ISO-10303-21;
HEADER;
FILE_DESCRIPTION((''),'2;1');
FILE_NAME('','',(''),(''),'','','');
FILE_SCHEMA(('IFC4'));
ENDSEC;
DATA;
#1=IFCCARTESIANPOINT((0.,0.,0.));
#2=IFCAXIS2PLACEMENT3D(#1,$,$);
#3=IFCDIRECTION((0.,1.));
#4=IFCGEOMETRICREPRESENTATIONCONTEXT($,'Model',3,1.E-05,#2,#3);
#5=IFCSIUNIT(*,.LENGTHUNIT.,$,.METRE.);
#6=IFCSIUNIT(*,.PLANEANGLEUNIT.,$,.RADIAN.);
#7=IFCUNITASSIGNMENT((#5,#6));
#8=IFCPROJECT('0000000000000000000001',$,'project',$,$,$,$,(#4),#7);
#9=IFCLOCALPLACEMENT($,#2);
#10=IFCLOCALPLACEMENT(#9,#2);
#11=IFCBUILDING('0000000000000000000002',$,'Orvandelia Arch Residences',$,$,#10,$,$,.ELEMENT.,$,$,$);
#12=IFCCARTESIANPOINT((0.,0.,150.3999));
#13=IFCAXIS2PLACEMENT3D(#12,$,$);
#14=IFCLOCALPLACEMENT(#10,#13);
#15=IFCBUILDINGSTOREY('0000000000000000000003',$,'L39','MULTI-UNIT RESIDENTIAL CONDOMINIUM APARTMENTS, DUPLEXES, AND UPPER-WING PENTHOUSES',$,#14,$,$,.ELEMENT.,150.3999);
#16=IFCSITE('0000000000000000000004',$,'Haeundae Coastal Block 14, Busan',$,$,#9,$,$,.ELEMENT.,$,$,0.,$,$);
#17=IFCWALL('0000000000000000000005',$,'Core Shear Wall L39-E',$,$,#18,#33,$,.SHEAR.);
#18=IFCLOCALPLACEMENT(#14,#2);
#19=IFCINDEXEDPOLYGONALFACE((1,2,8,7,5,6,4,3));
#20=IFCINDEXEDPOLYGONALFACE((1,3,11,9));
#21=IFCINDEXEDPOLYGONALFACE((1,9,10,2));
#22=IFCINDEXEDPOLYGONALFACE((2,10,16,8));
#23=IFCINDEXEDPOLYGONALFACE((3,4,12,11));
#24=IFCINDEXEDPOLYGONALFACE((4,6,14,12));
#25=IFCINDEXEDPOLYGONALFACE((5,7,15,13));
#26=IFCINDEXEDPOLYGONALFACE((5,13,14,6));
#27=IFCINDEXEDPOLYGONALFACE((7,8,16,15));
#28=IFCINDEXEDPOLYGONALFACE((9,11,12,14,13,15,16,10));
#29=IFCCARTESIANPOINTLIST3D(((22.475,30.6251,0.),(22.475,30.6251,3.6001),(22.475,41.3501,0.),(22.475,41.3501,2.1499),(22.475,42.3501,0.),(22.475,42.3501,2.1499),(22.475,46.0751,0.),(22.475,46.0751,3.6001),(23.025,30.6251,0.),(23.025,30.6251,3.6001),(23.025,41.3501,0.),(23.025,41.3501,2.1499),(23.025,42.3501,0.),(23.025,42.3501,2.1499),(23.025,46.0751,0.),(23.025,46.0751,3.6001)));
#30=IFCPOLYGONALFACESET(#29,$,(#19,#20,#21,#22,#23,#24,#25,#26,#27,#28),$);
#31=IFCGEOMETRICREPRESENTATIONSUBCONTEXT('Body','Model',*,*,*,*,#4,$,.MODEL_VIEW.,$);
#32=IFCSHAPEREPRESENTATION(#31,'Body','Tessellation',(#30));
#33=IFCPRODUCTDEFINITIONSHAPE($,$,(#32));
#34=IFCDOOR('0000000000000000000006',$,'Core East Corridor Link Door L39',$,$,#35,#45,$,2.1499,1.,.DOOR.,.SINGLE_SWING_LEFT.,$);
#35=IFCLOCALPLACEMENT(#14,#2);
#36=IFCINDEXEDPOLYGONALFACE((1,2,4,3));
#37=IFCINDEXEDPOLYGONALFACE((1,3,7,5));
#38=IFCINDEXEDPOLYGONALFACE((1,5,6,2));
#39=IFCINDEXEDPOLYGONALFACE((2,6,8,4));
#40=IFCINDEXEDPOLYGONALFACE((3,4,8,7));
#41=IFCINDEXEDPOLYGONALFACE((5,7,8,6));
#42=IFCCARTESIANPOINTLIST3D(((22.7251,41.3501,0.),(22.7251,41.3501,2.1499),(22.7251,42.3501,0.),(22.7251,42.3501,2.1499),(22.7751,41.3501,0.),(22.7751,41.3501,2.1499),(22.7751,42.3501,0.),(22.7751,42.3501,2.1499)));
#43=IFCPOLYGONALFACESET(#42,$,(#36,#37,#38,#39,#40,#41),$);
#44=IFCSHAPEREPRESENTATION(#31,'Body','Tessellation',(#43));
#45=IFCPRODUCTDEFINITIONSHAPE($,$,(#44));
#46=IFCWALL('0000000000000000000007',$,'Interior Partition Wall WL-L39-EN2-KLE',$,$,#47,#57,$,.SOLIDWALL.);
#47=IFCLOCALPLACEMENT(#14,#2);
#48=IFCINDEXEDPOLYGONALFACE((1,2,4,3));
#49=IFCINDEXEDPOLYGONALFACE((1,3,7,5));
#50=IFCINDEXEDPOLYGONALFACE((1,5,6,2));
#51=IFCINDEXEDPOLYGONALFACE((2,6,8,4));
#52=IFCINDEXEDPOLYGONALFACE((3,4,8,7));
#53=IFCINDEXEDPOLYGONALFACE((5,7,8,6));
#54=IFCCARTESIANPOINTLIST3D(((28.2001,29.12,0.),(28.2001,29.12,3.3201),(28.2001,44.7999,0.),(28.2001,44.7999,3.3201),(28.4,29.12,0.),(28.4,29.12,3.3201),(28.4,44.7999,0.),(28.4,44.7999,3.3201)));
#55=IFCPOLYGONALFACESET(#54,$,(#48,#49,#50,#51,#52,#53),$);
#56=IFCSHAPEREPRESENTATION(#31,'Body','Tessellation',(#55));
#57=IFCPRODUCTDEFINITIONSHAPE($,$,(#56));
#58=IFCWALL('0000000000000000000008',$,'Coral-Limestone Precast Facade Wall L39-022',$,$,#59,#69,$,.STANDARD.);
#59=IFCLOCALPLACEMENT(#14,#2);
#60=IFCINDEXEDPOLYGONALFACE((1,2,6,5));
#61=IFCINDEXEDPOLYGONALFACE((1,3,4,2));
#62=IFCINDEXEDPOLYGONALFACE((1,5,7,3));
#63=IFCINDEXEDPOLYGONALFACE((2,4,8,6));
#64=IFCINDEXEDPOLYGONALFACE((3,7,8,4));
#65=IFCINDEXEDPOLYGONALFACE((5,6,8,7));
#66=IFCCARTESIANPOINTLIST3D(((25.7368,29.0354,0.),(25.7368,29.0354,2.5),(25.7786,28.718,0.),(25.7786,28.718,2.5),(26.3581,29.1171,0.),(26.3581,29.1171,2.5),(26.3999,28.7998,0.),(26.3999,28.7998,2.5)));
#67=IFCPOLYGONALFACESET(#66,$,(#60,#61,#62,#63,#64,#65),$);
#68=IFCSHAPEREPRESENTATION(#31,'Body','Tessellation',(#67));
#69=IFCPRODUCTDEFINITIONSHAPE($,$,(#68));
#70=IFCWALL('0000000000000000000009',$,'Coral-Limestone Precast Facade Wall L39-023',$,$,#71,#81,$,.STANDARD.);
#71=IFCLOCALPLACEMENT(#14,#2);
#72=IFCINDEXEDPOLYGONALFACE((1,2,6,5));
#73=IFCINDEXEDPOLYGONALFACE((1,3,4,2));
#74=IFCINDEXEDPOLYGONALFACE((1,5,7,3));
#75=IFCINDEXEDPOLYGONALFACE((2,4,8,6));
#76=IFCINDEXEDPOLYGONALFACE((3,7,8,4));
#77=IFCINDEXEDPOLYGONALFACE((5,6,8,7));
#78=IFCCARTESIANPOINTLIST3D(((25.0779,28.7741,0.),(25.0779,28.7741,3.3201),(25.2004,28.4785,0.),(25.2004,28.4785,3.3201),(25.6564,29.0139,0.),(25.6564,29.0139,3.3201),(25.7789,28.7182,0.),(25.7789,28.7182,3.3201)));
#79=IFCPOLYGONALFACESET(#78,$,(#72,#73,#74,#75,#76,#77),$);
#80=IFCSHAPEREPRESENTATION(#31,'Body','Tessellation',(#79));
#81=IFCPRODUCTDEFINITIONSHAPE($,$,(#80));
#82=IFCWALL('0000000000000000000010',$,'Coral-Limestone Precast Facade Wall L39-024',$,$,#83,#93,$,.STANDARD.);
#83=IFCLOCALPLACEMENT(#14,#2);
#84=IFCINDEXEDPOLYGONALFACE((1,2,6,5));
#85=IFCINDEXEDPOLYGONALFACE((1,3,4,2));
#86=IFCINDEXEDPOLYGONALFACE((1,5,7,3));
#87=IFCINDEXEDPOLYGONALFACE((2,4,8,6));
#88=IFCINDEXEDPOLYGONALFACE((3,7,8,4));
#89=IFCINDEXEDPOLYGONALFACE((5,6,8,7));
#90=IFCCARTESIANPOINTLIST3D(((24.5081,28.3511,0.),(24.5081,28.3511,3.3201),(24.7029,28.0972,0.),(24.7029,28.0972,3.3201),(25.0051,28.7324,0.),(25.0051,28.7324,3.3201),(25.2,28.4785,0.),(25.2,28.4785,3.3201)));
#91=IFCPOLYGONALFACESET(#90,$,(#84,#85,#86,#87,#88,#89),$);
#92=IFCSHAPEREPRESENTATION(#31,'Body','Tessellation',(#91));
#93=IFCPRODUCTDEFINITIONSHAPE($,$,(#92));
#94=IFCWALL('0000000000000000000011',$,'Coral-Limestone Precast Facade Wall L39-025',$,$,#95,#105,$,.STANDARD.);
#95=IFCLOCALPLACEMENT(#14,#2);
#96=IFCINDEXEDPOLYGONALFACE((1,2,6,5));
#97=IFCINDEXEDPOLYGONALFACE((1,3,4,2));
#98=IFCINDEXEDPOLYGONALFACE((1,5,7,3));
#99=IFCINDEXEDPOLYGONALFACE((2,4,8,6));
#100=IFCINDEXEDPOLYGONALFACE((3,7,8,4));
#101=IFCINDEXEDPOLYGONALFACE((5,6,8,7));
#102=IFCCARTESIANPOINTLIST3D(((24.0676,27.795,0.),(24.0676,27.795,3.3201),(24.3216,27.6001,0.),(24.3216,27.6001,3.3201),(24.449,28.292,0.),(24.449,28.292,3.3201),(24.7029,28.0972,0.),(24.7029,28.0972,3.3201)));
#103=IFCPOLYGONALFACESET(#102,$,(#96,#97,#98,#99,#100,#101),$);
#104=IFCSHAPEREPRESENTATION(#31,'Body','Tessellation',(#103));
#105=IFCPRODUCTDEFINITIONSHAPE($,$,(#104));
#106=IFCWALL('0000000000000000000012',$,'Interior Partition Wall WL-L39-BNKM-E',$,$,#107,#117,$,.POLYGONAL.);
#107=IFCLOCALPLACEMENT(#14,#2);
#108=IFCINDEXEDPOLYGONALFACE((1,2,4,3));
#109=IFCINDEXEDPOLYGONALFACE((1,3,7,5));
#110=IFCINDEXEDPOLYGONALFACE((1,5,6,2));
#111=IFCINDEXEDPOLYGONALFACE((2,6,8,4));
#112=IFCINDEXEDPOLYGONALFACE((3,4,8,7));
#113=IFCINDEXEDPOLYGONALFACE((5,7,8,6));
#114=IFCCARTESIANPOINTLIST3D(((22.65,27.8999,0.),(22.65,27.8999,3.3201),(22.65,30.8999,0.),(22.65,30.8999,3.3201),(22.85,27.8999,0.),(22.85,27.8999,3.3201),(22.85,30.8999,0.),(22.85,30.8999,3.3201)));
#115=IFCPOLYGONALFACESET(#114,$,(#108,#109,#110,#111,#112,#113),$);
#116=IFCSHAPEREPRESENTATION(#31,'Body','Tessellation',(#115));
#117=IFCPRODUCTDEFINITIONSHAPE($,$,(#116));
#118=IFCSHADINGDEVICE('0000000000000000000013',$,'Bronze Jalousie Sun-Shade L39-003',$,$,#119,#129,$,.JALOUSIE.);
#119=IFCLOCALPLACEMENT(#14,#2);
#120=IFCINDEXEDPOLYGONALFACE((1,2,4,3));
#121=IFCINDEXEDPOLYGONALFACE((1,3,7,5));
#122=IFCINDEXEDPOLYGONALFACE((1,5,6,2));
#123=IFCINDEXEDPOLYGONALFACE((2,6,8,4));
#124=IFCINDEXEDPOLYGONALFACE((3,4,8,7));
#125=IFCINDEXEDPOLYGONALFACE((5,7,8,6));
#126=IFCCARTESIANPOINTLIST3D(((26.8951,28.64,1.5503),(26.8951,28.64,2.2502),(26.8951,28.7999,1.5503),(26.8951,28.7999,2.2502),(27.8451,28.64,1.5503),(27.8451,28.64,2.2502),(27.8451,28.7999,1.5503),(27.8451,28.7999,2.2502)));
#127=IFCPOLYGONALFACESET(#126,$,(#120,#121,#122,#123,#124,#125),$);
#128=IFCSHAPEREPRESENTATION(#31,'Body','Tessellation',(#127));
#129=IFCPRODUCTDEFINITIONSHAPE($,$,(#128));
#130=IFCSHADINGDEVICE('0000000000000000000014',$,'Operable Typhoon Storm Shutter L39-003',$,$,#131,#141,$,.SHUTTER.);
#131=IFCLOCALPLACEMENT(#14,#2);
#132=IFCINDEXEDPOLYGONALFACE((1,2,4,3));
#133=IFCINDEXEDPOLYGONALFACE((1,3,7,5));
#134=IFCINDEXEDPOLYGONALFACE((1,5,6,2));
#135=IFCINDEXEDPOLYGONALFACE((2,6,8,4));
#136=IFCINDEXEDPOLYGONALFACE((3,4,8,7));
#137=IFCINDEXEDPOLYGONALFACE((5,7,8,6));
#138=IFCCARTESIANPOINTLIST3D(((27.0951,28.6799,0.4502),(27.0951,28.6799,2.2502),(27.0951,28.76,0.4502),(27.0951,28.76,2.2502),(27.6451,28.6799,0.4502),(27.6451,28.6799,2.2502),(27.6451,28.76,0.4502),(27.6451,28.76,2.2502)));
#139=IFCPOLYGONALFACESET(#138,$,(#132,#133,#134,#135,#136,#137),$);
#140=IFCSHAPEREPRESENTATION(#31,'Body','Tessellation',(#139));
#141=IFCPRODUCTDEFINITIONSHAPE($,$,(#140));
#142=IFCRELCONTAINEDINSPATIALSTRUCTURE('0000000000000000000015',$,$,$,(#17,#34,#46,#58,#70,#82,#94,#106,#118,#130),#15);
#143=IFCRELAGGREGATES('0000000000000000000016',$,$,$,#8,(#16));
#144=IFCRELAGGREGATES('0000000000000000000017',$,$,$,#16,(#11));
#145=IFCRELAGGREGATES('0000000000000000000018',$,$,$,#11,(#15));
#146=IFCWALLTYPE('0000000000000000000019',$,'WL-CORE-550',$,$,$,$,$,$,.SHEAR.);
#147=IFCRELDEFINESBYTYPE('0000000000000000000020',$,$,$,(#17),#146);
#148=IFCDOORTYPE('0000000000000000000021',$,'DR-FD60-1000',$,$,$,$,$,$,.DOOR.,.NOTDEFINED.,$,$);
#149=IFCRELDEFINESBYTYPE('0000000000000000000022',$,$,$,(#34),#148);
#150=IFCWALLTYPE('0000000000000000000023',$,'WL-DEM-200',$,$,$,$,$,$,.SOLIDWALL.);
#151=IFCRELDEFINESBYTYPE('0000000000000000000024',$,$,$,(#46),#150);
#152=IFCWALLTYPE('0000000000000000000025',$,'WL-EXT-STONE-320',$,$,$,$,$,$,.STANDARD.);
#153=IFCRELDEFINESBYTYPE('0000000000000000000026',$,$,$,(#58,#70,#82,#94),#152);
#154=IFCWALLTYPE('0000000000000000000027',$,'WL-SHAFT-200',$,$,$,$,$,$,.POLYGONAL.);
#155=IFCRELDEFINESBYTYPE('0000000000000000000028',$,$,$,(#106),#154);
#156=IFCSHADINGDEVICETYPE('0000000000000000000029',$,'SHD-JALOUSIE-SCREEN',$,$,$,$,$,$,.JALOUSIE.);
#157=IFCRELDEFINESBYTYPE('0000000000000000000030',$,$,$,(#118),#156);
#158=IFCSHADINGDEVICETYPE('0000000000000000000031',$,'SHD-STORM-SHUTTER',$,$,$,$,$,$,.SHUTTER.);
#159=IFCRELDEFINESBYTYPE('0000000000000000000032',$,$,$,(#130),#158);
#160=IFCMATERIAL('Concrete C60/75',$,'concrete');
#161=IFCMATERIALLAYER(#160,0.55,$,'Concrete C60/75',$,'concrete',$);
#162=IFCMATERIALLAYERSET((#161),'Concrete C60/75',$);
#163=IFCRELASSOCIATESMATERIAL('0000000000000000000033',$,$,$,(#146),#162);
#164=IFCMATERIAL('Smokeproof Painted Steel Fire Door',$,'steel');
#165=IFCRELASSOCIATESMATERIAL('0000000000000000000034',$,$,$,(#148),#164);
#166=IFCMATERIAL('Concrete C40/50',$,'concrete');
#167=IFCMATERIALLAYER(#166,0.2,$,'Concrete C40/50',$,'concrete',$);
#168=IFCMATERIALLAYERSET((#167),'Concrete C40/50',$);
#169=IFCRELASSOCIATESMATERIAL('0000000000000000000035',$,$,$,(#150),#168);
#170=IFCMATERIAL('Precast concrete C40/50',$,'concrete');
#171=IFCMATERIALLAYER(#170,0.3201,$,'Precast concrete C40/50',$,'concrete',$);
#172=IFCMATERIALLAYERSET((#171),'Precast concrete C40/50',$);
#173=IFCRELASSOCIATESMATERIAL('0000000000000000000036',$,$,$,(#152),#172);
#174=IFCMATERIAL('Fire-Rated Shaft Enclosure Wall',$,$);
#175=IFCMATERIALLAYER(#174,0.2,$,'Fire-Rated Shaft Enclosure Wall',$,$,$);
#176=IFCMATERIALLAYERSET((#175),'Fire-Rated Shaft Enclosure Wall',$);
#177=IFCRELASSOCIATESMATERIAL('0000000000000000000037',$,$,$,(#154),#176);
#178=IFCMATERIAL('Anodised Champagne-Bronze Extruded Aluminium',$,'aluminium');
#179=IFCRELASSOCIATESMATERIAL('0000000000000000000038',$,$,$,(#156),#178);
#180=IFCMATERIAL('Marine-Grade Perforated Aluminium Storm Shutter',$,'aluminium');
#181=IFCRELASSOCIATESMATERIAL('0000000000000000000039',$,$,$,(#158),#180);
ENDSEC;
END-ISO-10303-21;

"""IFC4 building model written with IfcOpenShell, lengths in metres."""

from ifc_helpers import new_model, si_unit, direction, frame, frame_2d, origin, origin_2d, place, context, subcontext, project, spatial, rectangle, extrude, material, layer, layer_set, type_object, element, fill, save


model = new_model("IFC4")

# Units and contexts
model_context = context("Model", 3, precision=1e-05, world=origin(), true_north=direction((0.0, 1.0)))
body_context = subcontext(model_context, "Body", "Model", "MODEL_VIEW")
ifc_project = project(units=[si_unit("LENGTHUNIT", "METRE"), si_unit("PLANEANGLEUNIT", "RADIAN")], contexts=[model_context])

# Site, building, storey
site_placement = place(None, origin())
site = spatial("IfcSite", under=ifc_project, at=site_placement, Name="Haeundae Coastal Block 14, Busan", CompositionType="ELEMENT", RefElevation=0.0)
building_placement = place(site_placement, origin())
building = spatial("IfcBuilding", under=site, at=building_placement, Name="Orvandelia Arch Residences", CompositionType="ELEMENT")
storey_placement = place(building_placement, frame((0.0, 0.0, 150.3999)))
storey = spatial("IfcBuildingStorey", under=building, at=storey_placement, Name="L39", Description="MULTI-UNIT RESIDENTIAL CONDOMINIUM APARTMENTS, DUPLEXES, AND UPPER-WING PENTHOUSES", CompositionType="ELEMENT", Elevation=150.3999)

# Shared definitions
ifc_material_1 = material(Name="Concrete C60/75", Category="concrete")

# Wall, opening, door
ifc_layer_1 = layer(ifc_material_1, 0.55, Name="Concrete C60/75", Category="concrete")
ifc_layer_set_1 = layer_set([ifc_layer_1], Name="Concrete C60/75")
wall_type_1 = type_object("IfcWallType", Name="WL-CORE-550", PredefinedType="SHEAR", material=ifc_layer_set_1)
wall_1_placement = place(storey_placement, frame((22.75, 30.625, 0.0), z_axis=(0.0, 0.0, 1.0), x_axis=(0.0, 1.0, 0.0)))
wall_1 = element("IfcWall", 1, at=wall_1_placement, inside=storey, type_object=wall_type_1, Name="Core Shear Wall L39-E", PredefinedType="SHEAR", context=body_context, shape_type="SweptSolid", body=[
    extrude(rectangle(XDim=15.45, YDim=0.55, at=frame_2d((7.7251, 0.0))), origin(), (0.0, 0.0, 1.0), 3.6001),
])
opening_placement = place(wall_1_placement, frame((10.7251, 0.0, 0.0)))
opening = element("IfcOpeningElement", 2, at=opening_placement, cuts=wall_1, PredefinedType="OPENING", context=body_context, shape_type="SweptSolid", body=[
    extrude(rectangle(XDim=1.0, YDim=2.1499, at=frame_2d((0.5, 1.075))), frame((0.0, 0.2852, 0.0), z_axis=(0.0, -1.0, 0.0), x_axis=(1.0, 0.0, 0.0)), (0.0, 0.0, 1.0), 0.5701),
])
ifc_material_2 = material(Name="Smokeproof Painted Steel Fire Door", Category="steel")
door_type = type_object("IfcDoorType", Name="DR-FD60-1000", OperationType="NOTDEFINED", PredefinedType="DOOR", material=ifc_material_2)
door_placement = place(opening_placement, origin())
door = element("IfcDoor", 3, at=door_placement, inside=storey, type_object=door_type, Name="Core East Corridor Link Door L39", OperationType="SINGLE_SWING_LEFT", OverallHeight=2.1499, OverallWidth=1.0, PredefinedType="DOOR", context=body_context, shape_type="SweptSolid", body=[
    extrude(rectangle(XDim=1.0, YDim=2.1499, at=frame_2d((0.5, 1.075))), frame((0.0, 0.0249, 0.0), z_axis=(0.0, -1.0, 0.0), x_axis=(1.0, 0.0, 0.0)), (0.0, 0.0, 1.0), 0.05),
])
fill(opening, door)

# Walls
ifc_material_3 = material(Name="Concrete C40/50", Category="concrete")
ifc_layer_2 = layer(ifc_material_3, 0.2, Name="Concrete C40/50", Category="concrete")
ifc_layer_set_2 = layer_set([ifc_layer_2], Name="Concrete C40/50")
wall_type_2 = type_object("IfcWallType", Name="WL-DEM-200", PredefinedType="SOLIDWALL", material=ifc_layer_set_2)
wall_2_placement = place(storey_placement, frame((28.3, 29.1201, 0.0), z_axis=(0.0, 0.0, 1.0), x_axis=(0.0, 1.0, 0.0)))
element("IfcWall", 4, at=wall_2_placement, inside=storey, type_object=wall_type_2, Name="Interior Partition Wall WL-L39-EN2-KLE", PredefinedType="SOLIDWALL", context=body_context, shape_type="SweptSolid", body=[
    extrude(rectangle(XDim=15.6799, YDim=0.2, at=frame_2d((7.8398, 0.0))), origin(), (0.0, 0.0, 1.0), 3.3201),
])
ifc_material_4 = material(Name="Precast concrete C40/50", Category="concrete")
ifc_layer_3 = layer(ifc_material_4, 0.3201, Name="Precast concrete C40/50", Category="concrete")
ifc_layer_set_3 = layer_set([ifc_layer_3], Name="Precast concrete C40/50")
wall_type_3 = type_object("IfcWallType", Name="WL-EXT-STONE-320", PredefinedType="STANDARD", material=ifc_layer_set_3)
wall_3_placement = place(storey_placement, frame((26.3792, 28.9585, 0.0), z_axis=(0.0, 0.0, 1.0), x_axis=(-0.991448, -0.130505, 0.0)))
element("IfcWall", 5, at=wall_3_placement, inside=storey, type_object=wall_type_3, Name="Coral-Limestone Precast Facade Wall L39-022", PredefinedType="STANDARD", context=body_context, shape_type="SweptSolid", body=[
    extrude(rectangle(XDim=0.6267, YDim=0.3201, at=frame_2d((0.3135, 0.0))), origin(), (0.0, 0.0, 1.0), 2.5),
])
wall_4_placement = place(storey_placement, frame((25.7175, 28.866, 0.0), z_axis=(0.0, 0.0, 1.0), x_axis=(-0.923836, -0.382788, 0.0)))
element("IfcWall", 6, at=wall_4_placement, inside=storey, type_object=wall_type_3, Name="Coral-Limestone Precast Facade Wall L39-023", PredefinedType="STANDARD", context=body_context, shape_type="SweptSolid", body=[
    extrude(rectangle(XDim=0.6262, YDim=0.3201, at=frame_2d((0.313, 0.0))), origin(), (0.0, 0.0, 1.0), 3.3201),
])
for number, where, z_axis, x_axis, name in (
    (7, (25.1025, 28.6055, 0.0), (0.0, 0.0, 1.0), (-0.793406, -0.608693, 0.0), "Coral-Limestone Precast Facade Wall L39-024"),
    (8, (24.5759, 28.1946, 0.0), (0.0, 0.0, 1.0), (-0.608693, -0.793406, 0.0), "Coral-Limestone Precast Facade Wall L39-025"),
):
    element("IfcWall", number, at=place(storey_placement, frame(where, z_axis=z_axis, x_axis=x_axis)), inside=storey, type_object=wall_type_3, Name=name, PredefinedType="STANDARD", context=body_context, shape_type="SweptSolid", body=[
        extrude(rectangle(XDim=0.6265, YDim=0.3201, at=frame_2d((0.3132, 0.0))), origin(), (0.0, 0.0, 1.0), 3.3201),
    ])
ifc_material_5 = material(Name="Fire-Rated Shaft Enclosure Wall")
ifc_layer_4 = layer(ifc_material_5, 0.2, Name="Fire-Rated Shaft Enclosure Wall")
ifc_layer_set_4 = layer_set([ifc_layer_4], Name="Fire-Rated Shaft Enclosure Wall")
wall_type_4 = type_object("IfcWallType", Name="WL-SHAFT-200", PredefinedType="POLYGONAL", material=ifc_layer_set_4)
wall_5_placement = place(storey_placement, frame((22.75, 27.8999, 0.0), z_axis=(0.0, 0.0, 1.0), x_axis=(0.0, 1.0, 0.0)))
element("IfcWall", 9, at=wall_5_placement, inside=storey, type_object=wall_type_4, Name="Interior Partition Wall WL-L39-BNKM-E", PredefinedType="POLYGONAL", context=body_context, shape_type="SweptSolid", body=[
    extrude(rectangle(XDim=3.0, YDim=0.2, at=frame_2d((1.5, 0.0))), origin(), (0.0, 0.0, 1.0), 3.3201),
])

# Shading devices
ifc_material_6 = material(Name="Anodised Champagne-Bronze Extruded Aluminium", Category="aluminium")
shading_device_type_1 = type_object("IfcShadingDeviceType", Name="SHD-JALOUSIE-SCREEN", PredefinedType="JALOUSIE", material=ifc_material_6)
shading_device_1_placement = place(storey_placement, frame((27.3701, 28.72, 1.5503), z_axis=(0.0, 0.0, 1.0), x_axis=(-1.0, 0.0, 0.0)))
element("IfcShadingDevice", 10, at=shading_device_1_placement, inside=storey, type_object=shading_device_type_1, Name="Bronze Jalousie Sun-Shade L39-003", PredefinedType="JALOUSIE", context=body_context, shape_type="SweptSolid", body=[
    extrude(rectangle(XDim=0.95, YDim=0.1599, at=origin_2d()), origin(), (0.0, 0.0, 1.0), 0.7),
])
ifc_material_7 = material(Name="Marine-Grade Perforated Aluminium Storm Shutter", Category="aluminium")
shading_device_type_2 = type_object("IfcShadingDeviceType", Name="SHD-STORM-SHUTTER", PredefinedType="SHUTTER", material=ifc_material_7)
shading_device_2_placement = place(storey_placement, frame((27.3701, 28.72, 0.4502), z_axis=(0.0, 0.0, 1.0), x_axis=(-1.0, 0.0, 0.0)))
element("IfcShadingDevice", 11, at=shading_device_2_placement, inside=storey, type_object=shading_device_type_2, Name="Operable Typhoon Storm Shutter L39-003", PredefinedType="SHUTTER", context=body_context, shape_type="SweptSolid", body=[
    extrude(rectangle(XDim=0.55, YDim=0.0801, at=origin_2d()), origin(), (0.0, 0.0, 1.0), 1.8),
])

save(model, "model.ifc")
